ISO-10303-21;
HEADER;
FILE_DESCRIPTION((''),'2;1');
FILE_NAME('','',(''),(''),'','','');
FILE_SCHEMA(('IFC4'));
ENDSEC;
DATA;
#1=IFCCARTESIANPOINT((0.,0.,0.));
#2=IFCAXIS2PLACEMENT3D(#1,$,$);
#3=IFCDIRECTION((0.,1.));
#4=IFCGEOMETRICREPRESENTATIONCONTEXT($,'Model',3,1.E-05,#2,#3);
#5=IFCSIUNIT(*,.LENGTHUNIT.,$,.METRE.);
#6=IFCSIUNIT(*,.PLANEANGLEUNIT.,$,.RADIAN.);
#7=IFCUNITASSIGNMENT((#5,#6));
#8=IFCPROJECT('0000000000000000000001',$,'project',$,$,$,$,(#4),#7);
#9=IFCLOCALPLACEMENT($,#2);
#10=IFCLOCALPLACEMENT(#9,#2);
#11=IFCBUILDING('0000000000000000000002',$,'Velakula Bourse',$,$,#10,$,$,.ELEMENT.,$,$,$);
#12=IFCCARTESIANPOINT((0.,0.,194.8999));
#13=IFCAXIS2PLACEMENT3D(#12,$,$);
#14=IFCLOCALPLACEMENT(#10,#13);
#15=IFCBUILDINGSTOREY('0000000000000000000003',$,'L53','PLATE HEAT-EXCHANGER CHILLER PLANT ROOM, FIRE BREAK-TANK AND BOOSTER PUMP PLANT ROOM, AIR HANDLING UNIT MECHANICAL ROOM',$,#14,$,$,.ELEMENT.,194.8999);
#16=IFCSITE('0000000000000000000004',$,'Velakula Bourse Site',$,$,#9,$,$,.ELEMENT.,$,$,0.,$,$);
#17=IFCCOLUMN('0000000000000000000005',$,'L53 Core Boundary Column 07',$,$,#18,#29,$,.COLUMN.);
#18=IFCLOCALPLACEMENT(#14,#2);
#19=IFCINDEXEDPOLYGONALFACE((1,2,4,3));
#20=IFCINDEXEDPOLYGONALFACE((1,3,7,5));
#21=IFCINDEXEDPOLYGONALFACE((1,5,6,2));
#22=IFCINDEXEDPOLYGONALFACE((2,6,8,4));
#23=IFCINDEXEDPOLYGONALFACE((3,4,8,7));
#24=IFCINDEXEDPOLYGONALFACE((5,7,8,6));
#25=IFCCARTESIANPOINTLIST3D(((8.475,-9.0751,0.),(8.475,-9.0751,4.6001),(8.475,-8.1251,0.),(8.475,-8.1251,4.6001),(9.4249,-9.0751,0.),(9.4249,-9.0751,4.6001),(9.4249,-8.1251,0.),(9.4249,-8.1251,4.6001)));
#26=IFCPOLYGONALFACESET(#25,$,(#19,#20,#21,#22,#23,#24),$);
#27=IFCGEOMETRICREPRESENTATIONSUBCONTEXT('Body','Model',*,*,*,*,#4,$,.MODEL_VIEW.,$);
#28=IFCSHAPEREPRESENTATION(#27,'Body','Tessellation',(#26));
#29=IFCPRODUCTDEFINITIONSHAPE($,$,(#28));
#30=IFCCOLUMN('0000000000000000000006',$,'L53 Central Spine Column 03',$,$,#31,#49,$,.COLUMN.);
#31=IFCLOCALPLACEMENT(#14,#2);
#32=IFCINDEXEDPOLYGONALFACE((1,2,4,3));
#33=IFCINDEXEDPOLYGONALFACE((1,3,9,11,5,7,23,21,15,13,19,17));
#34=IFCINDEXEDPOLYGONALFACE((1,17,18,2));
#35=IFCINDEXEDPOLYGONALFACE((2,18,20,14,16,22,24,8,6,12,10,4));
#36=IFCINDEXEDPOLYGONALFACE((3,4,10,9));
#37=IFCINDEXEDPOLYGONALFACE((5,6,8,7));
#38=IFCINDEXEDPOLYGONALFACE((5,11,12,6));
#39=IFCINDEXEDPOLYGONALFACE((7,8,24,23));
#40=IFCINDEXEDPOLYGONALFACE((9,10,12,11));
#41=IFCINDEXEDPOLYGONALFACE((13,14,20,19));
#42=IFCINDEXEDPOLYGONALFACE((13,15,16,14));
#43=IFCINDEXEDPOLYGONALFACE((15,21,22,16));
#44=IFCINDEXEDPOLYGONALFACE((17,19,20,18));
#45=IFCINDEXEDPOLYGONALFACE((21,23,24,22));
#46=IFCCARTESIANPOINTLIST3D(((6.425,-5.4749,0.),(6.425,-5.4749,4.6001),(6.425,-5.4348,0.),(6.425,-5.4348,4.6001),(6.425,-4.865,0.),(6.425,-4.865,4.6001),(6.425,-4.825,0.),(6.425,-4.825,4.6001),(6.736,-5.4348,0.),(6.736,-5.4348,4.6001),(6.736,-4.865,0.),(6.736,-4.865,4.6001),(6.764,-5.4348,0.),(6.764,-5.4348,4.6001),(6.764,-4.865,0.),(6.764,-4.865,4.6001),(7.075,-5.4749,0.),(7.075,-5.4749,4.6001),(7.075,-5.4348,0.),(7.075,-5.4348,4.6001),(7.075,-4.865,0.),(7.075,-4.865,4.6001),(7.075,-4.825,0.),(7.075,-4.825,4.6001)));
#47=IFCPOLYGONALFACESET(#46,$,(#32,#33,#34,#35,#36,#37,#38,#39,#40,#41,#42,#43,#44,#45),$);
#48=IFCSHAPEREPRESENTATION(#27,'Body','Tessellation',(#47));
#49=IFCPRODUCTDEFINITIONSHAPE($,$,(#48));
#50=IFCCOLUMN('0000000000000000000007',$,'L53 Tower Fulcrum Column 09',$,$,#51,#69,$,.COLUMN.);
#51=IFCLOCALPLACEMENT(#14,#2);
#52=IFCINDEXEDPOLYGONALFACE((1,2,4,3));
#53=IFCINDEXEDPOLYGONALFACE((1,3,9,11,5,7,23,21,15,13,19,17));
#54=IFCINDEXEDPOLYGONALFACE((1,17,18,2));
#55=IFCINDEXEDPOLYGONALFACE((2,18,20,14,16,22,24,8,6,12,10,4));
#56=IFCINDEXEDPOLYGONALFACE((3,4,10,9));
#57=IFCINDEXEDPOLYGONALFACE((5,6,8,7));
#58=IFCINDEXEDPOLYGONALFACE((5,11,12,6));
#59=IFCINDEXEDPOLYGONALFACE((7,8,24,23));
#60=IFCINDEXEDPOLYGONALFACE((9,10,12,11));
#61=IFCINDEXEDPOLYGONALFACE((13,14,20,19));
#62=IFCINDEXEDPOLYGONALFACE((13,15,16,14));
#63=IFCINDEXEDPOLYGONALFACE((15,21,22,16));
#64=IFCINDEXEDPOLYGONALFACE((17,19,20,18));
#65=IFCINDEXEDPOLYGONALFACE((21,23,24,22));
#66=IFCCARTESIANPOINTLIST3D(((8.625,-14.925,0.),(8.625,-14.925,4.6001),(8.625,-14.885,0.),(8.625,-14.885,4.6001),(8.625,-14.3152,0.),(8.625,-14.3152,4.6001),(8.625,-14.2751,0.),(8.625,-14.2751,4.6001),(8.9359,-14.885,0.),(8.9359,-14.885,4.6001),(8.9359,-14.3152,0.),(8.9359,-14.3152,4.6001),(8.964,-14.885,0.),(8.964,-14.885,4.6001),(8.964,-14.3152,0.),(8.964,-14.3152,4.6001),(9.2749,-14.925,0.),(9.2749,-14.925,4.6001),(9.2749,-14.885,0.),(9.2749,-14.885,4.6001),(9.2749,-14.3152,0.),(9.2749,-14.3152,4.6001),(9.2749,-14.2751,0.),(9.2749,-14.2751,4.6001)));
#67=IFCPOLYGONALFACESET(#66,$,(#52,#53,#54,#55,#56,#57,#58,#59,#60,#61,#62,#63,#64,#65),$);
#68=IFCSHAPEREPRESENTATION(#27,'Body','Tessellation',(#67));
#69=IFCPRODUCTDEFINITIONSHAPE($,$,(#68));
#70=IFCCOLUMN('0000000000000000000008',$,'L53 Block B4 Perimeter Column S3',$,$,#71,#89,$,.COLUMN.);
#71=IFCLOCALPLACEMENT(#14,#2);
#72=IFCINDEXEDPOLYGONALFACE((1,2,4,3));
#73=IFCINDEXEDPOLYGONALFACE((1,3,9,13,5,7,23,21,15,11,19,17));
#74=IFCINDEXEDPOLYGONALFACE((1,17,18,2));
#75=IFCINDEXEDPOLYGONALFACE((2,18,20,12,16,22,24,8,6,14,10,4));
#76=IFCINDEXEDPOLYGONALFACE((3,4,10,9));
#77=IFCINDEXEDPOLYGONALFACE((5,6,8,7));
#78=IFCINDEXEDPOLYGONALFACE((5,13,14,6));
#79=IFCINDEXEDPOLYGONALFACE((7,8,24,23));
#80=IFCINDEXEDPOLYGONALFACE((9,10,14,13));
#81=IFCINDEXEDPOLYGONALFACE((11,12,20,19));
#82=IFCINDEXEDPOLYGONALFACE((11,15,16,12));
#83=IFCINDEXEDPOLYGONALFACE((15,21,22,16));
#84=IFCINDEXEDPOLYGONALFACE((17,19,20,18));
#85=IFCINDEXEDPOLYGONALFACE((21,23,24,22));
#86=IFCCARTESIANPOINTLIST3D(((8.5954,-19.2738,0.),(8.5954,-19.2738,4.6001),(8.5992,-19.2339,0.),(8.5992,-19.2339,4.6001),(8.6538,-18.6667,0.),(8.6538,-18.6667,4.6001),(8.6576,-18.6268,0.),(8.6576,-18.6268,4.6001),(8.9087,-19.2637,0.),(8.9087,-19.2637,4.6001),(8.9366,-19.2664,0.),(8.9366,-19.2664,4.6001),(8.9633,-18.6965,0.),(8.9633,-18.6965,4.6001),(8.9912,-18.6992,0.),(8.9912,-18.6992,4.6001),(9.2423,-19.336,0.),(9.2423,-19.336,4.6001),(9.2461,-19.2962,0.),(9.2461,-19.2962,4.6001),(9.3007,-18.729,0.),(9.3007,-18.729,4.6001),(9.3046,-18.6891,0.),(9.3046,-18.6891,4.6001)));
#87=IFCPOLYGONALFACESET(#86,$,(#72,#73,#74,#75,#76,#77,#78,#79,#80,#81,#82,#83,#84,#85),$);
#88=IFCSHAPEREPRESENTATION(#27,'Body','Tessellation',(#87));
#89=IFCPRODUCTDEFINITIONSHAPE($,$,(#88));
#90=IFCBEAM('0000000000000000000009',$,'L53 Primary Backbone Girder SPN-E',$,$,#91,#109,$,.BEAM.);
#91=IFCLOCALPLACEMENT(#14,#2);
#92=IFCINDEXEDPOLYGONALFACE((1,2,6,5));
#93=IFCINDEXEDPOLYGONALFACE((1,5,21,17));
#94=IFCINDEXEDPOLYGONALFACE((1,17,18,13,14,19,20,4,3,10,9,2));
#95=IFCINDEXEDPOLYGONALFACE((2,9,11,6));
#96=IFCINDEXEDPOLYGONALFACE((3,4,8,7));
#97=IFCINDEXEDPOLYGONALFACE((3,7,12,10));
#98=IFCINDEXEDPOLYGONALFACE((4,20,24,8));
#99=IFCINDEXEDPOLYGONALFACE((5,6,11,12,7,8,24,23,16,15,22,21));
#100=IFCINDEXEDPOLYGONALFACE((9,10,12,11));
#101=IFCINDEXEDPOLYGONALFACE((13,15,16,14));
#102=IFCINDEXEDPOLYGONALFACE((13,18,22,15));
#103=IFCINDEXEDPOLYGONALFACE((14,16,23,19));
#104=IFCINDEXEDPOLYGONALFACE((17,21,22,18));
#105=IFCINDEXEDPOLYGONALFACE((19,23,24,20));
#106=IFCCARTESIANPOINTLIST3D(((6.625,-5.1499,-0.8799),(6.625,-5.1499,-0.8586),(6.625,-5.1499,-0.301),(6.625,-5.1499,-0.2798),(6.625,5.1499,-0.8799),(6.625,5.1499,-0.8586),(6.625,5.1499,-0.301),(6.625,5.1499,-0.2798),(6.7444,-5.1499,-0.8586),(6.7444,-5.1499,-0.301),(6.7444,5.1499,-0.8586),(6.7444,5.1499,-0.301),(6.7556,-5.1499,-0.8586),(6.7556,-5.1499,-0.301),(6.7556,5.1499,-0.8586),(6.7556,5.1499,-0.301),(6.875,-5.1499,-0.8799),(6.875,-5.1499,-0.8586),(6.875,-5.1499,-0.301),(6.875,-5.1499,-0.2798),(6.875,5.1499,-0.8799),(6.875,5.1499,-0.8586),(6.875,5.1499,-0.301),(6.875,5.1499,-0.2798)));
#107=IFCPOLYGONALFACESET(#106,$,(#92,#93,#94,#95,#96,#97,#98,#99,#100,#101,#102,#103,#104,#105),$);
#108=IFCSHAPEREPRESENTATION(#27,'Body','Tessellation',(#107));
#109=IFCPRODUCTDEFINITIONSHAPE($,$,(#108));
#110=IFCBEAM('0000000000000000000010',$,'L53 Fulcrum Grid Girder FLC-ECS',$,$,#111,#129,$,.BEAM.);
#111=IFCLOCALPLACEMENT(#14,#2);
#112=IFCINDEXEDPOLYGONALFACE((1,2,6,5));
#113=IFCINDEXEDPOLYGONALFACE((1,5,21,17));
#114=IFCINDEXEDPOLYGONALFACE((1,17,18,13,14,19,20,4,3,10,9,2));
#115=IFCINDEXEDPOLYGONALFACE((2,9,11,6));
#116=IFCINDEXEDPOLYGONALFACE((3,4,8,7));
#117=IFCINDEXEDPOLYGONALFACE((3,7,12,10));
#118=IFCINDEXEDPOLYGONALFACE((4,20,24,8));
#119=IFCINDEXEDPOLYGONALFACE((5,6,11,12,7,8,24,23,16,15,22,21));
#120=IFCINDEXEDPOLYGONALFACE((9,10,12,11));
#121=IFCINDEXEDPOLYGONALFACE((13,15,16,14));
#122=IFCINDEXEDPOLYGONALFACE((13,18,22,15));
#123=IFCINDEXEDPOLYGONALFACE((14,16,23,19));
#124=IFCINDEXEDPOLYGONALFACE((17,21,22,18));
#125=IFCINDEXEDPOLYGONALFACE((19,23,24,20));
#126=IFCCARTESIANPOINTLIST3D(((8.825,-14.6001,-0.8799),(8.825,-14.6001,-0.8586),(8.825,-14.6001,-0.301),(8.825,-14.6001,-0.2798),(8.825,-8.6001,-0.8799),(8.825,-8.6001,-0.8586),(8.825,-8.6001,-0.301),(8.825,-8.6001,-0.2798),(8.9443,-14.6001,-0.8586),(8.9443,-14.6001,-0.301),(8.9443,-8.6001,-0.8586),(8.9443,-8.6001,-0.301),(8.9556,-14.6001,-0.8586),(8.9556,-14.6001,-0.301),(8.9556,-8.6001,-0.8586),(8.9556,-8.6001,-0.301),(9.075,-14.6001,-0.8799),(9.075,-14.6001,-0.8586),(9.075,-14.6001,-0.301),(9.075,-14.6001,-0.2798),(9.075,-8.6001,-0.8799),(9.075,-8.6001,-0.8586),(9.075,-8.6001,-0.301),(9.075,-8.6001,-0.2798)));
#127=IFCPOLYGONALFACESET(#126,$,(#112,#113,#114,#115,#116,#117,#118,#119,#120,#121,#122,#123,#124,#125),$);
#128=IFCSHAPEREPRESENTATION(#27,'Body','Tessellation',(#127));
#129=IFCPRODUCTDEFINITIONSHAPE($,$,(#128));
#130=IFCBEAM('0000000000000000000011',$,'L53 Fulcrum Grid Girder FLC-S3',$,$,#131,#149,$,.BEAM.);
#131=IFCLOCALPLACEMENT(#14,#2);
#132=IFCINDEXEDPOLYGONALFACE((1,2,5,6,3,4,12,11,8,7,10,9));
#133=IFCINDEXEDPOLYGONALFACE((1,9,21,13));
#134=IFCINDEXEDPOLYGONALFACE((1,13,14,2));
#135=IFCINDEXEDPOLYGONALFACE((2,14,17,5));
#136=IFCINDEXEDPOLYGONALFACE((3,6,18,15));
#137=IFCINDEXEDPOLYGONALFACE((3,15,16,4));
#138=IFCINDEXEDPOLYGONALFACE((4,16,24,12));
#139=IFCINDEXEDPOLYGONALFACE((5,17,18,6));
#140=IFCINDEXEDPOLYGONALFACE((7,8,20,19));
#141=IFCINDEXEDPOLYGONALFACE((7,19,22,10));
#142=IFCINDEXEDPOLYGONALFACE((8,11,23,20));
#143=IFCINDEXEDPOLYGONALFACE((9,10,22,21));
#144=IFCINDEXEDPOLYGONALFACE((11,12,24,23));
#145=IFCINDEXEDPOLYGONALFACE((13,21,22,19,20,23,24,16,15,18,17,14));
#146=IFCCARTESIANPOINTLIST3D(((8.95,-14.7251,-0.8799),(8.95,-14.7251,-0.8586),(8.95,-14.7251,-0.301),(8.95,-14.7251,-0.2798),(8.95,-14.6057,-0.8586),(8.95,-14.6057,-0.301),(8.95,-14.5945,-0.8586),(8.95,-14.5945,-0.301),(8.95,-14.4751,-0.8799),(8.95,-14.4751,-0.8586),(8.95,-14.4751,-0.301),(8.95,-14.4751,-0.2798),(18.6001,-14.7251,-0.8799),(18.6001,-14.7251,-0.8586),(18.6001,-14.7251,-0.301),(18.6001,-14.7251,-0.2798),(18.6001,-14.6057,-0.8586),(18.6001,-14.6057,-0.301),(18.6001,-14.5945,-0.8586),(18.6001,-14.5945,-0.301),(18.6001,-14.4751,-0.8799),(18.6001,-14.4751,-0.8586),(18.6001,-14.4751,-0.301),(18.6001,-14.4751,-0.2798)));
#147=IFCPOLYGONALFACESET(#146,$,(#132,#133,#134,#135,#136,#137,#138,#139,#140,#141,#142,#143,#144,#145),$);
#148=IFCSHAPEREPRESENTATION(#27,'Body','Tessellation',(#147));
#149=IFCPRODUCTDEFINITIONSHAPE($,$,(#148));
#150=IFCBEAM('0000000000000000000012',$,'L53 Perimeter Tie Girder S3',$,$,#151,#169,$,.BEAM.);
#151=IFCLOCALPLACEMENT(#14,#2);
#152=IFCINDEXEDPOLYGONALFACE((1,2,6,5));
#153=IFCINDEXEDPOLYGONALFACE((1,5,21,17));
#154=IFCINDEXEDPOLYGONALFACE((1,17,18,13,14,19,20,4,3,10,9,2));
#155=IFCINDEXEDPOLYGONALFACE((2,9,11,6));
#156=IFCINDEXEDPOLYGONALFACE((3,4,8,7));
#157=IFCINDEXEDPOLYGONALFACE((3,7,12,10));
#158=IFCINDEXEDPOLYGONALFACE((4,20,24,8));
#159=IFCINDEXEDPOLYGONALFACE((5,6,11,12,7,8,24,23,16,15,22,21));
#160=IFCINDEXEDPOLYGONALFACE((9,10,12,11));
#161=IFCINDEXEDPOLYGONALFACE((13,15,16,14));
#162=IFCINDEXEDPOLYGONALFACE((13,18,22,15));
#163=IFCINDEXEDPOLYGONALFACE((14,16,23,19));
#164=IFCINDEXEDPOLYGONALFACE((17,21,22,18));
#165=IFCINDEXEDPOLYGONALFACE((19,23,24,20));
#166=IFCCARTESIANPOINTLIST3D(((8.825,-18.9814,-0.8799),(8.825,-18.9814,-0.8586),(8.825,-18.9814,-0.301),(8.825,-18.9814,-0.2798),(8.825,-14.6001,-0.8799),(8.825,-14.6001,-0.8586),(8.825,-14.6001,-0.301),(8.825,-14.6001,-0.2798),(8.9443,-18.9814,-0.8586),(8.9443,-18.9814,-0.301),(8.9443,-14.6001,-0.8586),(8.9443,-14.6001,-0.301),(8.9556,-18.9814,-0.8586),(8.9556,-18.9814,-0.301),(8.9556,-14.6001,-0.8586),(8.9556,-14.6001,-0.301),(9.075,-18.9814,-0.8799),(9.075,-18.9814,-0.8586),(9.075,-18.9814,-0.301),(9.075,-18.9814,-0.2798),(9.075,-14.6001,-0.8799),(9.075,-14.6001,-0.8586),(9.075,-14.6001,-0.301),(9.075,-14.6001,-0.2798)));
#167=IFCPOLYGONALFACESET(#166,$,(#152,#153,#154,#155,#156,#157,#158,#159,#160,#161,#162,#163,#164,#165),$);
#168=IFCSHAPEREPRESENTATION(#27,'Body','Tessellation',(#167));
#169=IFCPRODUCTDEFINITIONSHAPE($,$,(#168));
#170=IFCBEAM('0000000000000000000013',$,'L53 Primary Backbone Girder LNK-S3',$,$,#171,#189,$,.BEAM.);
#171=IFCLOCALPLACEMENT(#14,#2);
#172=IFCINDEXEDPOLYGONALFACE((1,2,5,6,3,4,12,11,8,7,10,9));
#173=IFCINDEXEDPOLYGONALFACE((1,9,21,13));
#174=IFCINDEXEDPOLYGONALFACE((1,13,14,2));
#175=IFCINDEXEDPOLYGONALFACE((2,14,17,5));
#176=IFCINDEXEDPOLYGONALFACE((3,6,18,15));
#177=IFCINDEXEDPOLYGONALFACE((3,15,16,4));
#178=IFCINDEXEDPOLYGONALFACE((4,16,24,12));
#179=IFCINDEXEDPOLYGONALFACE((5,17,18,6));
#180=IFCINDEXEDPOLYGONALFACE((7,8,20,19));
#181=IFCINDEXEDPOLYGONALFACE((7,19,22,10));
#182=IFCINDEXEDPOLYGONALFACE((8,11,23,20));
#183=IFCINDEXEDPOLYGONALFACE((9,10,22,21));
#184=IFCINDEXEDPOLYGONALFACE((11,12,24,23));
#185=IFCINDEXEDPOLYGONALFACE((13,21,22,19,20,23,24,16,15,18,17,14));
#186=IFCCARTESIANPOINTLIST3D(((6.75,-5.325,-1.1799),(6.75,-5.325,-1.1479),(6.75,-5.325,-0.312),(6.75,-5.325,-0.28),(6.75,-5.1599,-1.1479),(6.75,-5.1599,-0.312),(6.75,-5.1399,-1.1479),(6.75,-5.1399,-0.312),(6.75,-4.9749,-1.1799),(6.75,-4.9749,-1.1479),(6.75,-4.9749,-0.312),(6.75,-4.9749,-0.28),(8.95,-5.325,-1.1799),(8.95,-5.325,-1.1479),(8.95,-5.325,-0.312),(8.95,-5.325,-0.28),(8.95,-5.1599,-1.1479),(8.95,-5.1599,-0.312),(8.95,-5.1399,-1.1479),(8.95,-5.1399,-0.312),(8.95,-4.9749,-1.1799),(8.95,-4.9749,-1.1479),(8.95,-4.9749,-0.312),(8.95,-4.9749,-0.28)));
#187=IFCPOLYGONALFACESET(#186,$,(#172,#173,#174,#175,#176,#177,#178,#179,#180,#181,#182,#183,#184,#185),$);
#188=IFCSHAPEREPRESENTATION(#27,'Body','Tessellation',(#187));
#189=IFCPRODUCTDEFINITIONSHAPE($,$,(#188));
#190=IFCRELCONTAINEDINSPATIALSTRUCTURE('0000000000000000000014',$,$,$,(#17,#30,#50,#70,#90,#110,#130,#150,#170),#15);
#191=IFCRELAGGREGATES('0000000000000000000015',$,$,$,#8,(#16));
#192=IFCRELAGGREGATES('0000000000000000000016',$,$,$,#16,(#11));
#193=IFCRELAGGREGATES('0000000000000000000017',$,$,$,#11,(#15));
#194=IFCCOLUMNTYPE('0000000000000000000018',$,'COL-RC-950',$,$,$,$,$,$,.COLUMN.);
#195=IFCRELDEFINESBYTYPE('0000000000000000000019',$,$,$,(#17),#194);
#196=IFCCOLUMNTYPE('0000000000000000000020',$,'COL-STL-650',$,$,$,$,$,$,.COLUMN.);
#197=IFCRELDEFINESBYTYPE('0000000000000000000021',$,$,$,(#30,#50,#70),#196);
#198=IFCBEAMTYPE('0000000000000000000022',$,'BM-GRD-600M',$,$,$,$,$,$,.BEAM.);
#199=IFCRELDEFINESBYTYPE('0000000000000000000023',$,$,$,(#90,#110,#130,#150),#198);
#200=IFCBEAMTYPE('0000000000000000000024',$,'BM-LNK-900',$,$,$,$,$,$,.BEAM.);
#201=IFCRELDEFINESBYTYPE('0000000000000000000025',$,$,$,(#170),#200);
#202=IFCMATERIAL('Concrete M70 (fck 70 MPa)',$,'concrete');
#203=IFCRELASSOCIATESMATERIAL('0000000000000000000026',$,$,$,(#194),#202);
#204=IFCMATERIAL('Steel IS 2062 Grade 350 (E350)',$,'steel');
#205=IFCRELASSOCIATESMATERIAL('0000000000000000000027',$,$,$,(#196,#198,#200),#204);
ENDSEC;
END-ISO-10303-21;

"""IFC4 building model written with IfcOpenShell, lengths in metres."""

from ifc_helpers import new_model, si_unit, direction, frame, origin, origin_2d, place, context, subcontext, project, spatial, rectangle, i_section, extrude, material, material_profile, profile_set, type_object, element, save


model = new_model("IFC4")

# Units and contexts
model_context = context("Model", 3, precision=1e-05, world=origin(), true_north=direction((0.0, 1.0)))
body_context = subcontext(model_context, "Body", "Model", "MODEL_VIEW")
ifc_project = project(units=[si_unit("LENGTHUNIT", "METRE"), si_unit("PLANEANGLEUNIT", "RADIAN")], contexts=[model_context])

# Site, building, storey
site_placement = place(None, origin())
site = spatial("IfcSite", under=ifc_project, at=site_placement, Name="Velakula Bourse Site", CompositionType="ELEMENT", RefElevation=0.0)
building_placement = place(site_placement, origin())
building = spatial("IfcBuilding", under=site, at=building_placement, Name="Velakula Bourse", CompositionType="ELEMENT")
storey_placement = place(building_placement, frame((0.0, 0.0, 194.8999)))
storey = spatial("IfcBuildingStorey", under=building, at=storey_placement, Name="L53", Description="PLATE HEAT-EXCHANGER CHILLER PLANT ROOM, FIRE BREAK-TANK AND BOOSTER PUMP PLANT ROOM, AIR HANDLING UNIT MECHANICAL ROOM", CompositionType="ELEMENT", Elevation=194.8999)

# Columns
ifc_material_1 = material(Name="Concrete M70 (fck 70 MPa)", Category="concrete")
ifc_material_profile_1 = material_profile(ifc_material_1, rectangle(XDim=0.95, YDim=0.95, at=origin_2d()), Name="Concrete M70 (fck 70 MPa)")
ifc_profile_set_1 = profile_set([ifc_material_profile_1], Name="Concrete M70 (fck 70 MPa)")
column_type_1 = type_object("IfcColumnType", Name="COL-RC-950", PredefinedType="COLUMN", material=ifc_profile_set_1)
column_placement = place(storey_placement, frame((8.95, -8.6001, 0.0), z_axis=(0.0, 0.0, 1.0), x_axis=(1.0, 0.0, 0.0)))
element("IfcColumn", 1, at=column_placement, inside=storey, type_object=column_type_1, Name="L53 Core Boundary Column 07", PredefinedType="COLUMN", context=body_context, shape_type="SweptSolid", body=[
    extrude(rectangle(XDim=0.95, YDim=0.95, at=origin_2d()), origin(), (0.0, 0.0, 1.0), 4.6001),
])
ifc_material_2 = material(Name="Steel IS 2062 Grade 350 (E350)", Category="steel")
ifc_material_profile_2 = material_profile(ifc_material_2, i_section(OverallWidth=0.6499, OverallDepth=0.6499, WebThickness=0.0281, FlangeThickness=0.04, at=origin_2d()), Name="Steel IS 2062 Grade 350 (E350)")
ifc_profile_set_2 = profile_set([ifc_material_profile_2], Name="Steel IS 2062 Grade 350 (E350)")
column_type_2 = type_object("IfcColumnType", Name="COL-STL-650", PredefinedType="COLUMN", material=ifc_profile_set_2)
for number, where, z_axis, x_axis, name in (
    (2, (6.75, -5.1499, 0.0), (0.0, 0.0, 1.0), (1.0, 0.0, 0.0), "L53 Central Spine Column 03"),
    (3, (8.95, -14.6001, 0.0), (0.0, 0.0, 1.0), (1.0, 0.0, 0.0), "L53 Tower Fulcrum Column 09"),
    (4, (8.95, -18.9814, 0.0), (0.0, 0.0, 1.0), (0.995396, -0.095846, 0.0), "L53 Block B4 Perimeter Column S3"),
):
    element("IfcColumn", number, at=place(storey_placement, frame(where, z_axis=z_axis, x_axis=x_axis)), inside=storey, type_object=column_type_2, Name=name, PredefinedType="COLUMN", context=body_context, shape_type="SweptSolid", body=[
        extrude(i_section(OverallWidth=0.6499, OverallDepth=0.6499, WebThickness=0.0281, FlangeThickness=0.04, at=origin_2d()), origin(), (0.0, 0.0, 1.0), 4.6001),
    ])

# Beams
ifc_material_profile_3 = material_profile(ifc_material_2, i_section(OverallWidth=0.25, OverallDepth=0.6001, WebThickness=0.0112, FlangeThickness=0.0212, at=origin_2d()), Name="Steel IS 2062 Grade 350 (E350)")
ifc_profile_set_3 = profile_set([ifc_material_profile_3], Name="Steel IS 2062 Grade 350 (E350)")
beam_type_1 = type_object("IfcBeamType", Name="BM-GRD-600M", PredefinedType="BEAM", material=ifc_profile_set_3)
beam_1_placement = place(storey_placement, frame((6.75, -5.1499, -0.5798), z_axis=(0.0, 1.0, 0.0), x_axis=(-1.0, 0.0, 0.0)))
element("IfcBeam", 5, at=beam_1_placement, inside=storey, type_object=beam_type_1, Name="L53 Primary Backbone Girder SPN-E", PredefinedType="BEAM", context=body_context, shape_type="SweptSolid", body=[
    extrude(i_section(OverallWidth=0.25, OverallDepth=0.6001, WebThickness=0.0112, FlangeThickness=0.0212, at=origin_2d()), origin(), (0.0, 0.0, 1.0), 10.2998),
])
beam_2_placement = place(storey_placement, frame((8.95, -14.6001, -0.5798), z_axis=(0.0, 1.0, 0.0), x_axis=(-1.0, 0.0, 0.0)))
element("IfcBeam", 6, at=beam_2_placement, inside=storey, type_object=beam_type_1, Name="L53 Fulcrum Grid Girder FLC-ECS", PredefinedType="BEAM", context=body_context, shape_type="SweptSolid", body=[
    extrude(i_section(OverallWidth=0.25, OverallDepth=0.6001, WebThickness=0.0112, FlangeThickness=0.0212, at=origin_2d()), origin(), (0.0, 0.0, 1.0), 6.0),
])
beam_3_placement = place(storey_placement, frame((8.95, -14.6001, -0.5798), z_axis=(1.0, 0.0, 0.0), x_axis=(0.0, 1.0, 0.0)))
element("IfcBeam", 7, at=beam_3_placement, inside=storey, type_object=beam_type_1, Name="L53 Fulcrum Grid Girder FLC-S3", PredefinedType="BEAM", context=body_context, shape_type="SweptSolid", body=[
    extrude(i_section(OverallWidth=0.25, OverallDepth=0.6001, WebThickness=0.0112, FlangeThickness=0.0212, at=origin_2d()), origin(), (0.0, 0.0, 1.0), 9.6501),
])
beam_4_placement = place(storey_placement, frame((8.95, -14.6001, -0.5798), z_axis=(0.0, -1.0, 0.0), x_axis=(1.0, 0.0, 0.0)))
element("IfcBeam", 8, at=beam_4_placement, inside=storey, type_object=beam_type_1, Name="L53 Perimeter Tie Girder S3", PredefinedType="BEAM", context=body_context, shape_type="SweptSolid", body=[
    extrude(i_section(OverallWidth=0.25, OverallDepth=0.6001, WebThickness=0.0112, FlangeThickness=0.0212, at=origin_2d()), origin(), (0.0, 0.0, 1.0), 4.3813),
])
ifc_material_profile_4 = material_profile(ifc_material_2, i_section(OverallWidth=0.3501, OverallDepth=0.8999, WebThickness=0.02, FlangeThickness=0.032, at=origin_2d()), Name="Steel IS 2062 Grade 350 (E350)")
ifc_profile_set_4 = profile_set([ifc_material_profile_4], Name="Steel IS 2062 Grade 350 (E350)")
beam_type_2 = type_object("IfcBeamType", Name="BM-LNK-900", PredefinedType="BEAM", material=ifc_profile_set_4)
beam_5_placement = place(storey_placement, frame((6.75, -5.1499, -0.73), z_axis=(1.0, 0.0, 0.0), x_axis=(0.0, 1.0, 0.0)))
element("IfcBeam", 9, at=beam_5_placement, inside=storey, type_object=beam_type_2, Name="L53 Primary Backbone Girder LNK-S3", PredefinedType="BEAM", context=body_context, shape_type="SweptSolid", body=[
    extrude(i_section(OverallWidth=0.3501, OverallDepth=0.8999, WebThickness=0.02, FlangeThickness=0.032, at=origin_2d()), origin(), (0.0, 0.0, 1.0), 2.2),
])

save(model, "model.ifc")
